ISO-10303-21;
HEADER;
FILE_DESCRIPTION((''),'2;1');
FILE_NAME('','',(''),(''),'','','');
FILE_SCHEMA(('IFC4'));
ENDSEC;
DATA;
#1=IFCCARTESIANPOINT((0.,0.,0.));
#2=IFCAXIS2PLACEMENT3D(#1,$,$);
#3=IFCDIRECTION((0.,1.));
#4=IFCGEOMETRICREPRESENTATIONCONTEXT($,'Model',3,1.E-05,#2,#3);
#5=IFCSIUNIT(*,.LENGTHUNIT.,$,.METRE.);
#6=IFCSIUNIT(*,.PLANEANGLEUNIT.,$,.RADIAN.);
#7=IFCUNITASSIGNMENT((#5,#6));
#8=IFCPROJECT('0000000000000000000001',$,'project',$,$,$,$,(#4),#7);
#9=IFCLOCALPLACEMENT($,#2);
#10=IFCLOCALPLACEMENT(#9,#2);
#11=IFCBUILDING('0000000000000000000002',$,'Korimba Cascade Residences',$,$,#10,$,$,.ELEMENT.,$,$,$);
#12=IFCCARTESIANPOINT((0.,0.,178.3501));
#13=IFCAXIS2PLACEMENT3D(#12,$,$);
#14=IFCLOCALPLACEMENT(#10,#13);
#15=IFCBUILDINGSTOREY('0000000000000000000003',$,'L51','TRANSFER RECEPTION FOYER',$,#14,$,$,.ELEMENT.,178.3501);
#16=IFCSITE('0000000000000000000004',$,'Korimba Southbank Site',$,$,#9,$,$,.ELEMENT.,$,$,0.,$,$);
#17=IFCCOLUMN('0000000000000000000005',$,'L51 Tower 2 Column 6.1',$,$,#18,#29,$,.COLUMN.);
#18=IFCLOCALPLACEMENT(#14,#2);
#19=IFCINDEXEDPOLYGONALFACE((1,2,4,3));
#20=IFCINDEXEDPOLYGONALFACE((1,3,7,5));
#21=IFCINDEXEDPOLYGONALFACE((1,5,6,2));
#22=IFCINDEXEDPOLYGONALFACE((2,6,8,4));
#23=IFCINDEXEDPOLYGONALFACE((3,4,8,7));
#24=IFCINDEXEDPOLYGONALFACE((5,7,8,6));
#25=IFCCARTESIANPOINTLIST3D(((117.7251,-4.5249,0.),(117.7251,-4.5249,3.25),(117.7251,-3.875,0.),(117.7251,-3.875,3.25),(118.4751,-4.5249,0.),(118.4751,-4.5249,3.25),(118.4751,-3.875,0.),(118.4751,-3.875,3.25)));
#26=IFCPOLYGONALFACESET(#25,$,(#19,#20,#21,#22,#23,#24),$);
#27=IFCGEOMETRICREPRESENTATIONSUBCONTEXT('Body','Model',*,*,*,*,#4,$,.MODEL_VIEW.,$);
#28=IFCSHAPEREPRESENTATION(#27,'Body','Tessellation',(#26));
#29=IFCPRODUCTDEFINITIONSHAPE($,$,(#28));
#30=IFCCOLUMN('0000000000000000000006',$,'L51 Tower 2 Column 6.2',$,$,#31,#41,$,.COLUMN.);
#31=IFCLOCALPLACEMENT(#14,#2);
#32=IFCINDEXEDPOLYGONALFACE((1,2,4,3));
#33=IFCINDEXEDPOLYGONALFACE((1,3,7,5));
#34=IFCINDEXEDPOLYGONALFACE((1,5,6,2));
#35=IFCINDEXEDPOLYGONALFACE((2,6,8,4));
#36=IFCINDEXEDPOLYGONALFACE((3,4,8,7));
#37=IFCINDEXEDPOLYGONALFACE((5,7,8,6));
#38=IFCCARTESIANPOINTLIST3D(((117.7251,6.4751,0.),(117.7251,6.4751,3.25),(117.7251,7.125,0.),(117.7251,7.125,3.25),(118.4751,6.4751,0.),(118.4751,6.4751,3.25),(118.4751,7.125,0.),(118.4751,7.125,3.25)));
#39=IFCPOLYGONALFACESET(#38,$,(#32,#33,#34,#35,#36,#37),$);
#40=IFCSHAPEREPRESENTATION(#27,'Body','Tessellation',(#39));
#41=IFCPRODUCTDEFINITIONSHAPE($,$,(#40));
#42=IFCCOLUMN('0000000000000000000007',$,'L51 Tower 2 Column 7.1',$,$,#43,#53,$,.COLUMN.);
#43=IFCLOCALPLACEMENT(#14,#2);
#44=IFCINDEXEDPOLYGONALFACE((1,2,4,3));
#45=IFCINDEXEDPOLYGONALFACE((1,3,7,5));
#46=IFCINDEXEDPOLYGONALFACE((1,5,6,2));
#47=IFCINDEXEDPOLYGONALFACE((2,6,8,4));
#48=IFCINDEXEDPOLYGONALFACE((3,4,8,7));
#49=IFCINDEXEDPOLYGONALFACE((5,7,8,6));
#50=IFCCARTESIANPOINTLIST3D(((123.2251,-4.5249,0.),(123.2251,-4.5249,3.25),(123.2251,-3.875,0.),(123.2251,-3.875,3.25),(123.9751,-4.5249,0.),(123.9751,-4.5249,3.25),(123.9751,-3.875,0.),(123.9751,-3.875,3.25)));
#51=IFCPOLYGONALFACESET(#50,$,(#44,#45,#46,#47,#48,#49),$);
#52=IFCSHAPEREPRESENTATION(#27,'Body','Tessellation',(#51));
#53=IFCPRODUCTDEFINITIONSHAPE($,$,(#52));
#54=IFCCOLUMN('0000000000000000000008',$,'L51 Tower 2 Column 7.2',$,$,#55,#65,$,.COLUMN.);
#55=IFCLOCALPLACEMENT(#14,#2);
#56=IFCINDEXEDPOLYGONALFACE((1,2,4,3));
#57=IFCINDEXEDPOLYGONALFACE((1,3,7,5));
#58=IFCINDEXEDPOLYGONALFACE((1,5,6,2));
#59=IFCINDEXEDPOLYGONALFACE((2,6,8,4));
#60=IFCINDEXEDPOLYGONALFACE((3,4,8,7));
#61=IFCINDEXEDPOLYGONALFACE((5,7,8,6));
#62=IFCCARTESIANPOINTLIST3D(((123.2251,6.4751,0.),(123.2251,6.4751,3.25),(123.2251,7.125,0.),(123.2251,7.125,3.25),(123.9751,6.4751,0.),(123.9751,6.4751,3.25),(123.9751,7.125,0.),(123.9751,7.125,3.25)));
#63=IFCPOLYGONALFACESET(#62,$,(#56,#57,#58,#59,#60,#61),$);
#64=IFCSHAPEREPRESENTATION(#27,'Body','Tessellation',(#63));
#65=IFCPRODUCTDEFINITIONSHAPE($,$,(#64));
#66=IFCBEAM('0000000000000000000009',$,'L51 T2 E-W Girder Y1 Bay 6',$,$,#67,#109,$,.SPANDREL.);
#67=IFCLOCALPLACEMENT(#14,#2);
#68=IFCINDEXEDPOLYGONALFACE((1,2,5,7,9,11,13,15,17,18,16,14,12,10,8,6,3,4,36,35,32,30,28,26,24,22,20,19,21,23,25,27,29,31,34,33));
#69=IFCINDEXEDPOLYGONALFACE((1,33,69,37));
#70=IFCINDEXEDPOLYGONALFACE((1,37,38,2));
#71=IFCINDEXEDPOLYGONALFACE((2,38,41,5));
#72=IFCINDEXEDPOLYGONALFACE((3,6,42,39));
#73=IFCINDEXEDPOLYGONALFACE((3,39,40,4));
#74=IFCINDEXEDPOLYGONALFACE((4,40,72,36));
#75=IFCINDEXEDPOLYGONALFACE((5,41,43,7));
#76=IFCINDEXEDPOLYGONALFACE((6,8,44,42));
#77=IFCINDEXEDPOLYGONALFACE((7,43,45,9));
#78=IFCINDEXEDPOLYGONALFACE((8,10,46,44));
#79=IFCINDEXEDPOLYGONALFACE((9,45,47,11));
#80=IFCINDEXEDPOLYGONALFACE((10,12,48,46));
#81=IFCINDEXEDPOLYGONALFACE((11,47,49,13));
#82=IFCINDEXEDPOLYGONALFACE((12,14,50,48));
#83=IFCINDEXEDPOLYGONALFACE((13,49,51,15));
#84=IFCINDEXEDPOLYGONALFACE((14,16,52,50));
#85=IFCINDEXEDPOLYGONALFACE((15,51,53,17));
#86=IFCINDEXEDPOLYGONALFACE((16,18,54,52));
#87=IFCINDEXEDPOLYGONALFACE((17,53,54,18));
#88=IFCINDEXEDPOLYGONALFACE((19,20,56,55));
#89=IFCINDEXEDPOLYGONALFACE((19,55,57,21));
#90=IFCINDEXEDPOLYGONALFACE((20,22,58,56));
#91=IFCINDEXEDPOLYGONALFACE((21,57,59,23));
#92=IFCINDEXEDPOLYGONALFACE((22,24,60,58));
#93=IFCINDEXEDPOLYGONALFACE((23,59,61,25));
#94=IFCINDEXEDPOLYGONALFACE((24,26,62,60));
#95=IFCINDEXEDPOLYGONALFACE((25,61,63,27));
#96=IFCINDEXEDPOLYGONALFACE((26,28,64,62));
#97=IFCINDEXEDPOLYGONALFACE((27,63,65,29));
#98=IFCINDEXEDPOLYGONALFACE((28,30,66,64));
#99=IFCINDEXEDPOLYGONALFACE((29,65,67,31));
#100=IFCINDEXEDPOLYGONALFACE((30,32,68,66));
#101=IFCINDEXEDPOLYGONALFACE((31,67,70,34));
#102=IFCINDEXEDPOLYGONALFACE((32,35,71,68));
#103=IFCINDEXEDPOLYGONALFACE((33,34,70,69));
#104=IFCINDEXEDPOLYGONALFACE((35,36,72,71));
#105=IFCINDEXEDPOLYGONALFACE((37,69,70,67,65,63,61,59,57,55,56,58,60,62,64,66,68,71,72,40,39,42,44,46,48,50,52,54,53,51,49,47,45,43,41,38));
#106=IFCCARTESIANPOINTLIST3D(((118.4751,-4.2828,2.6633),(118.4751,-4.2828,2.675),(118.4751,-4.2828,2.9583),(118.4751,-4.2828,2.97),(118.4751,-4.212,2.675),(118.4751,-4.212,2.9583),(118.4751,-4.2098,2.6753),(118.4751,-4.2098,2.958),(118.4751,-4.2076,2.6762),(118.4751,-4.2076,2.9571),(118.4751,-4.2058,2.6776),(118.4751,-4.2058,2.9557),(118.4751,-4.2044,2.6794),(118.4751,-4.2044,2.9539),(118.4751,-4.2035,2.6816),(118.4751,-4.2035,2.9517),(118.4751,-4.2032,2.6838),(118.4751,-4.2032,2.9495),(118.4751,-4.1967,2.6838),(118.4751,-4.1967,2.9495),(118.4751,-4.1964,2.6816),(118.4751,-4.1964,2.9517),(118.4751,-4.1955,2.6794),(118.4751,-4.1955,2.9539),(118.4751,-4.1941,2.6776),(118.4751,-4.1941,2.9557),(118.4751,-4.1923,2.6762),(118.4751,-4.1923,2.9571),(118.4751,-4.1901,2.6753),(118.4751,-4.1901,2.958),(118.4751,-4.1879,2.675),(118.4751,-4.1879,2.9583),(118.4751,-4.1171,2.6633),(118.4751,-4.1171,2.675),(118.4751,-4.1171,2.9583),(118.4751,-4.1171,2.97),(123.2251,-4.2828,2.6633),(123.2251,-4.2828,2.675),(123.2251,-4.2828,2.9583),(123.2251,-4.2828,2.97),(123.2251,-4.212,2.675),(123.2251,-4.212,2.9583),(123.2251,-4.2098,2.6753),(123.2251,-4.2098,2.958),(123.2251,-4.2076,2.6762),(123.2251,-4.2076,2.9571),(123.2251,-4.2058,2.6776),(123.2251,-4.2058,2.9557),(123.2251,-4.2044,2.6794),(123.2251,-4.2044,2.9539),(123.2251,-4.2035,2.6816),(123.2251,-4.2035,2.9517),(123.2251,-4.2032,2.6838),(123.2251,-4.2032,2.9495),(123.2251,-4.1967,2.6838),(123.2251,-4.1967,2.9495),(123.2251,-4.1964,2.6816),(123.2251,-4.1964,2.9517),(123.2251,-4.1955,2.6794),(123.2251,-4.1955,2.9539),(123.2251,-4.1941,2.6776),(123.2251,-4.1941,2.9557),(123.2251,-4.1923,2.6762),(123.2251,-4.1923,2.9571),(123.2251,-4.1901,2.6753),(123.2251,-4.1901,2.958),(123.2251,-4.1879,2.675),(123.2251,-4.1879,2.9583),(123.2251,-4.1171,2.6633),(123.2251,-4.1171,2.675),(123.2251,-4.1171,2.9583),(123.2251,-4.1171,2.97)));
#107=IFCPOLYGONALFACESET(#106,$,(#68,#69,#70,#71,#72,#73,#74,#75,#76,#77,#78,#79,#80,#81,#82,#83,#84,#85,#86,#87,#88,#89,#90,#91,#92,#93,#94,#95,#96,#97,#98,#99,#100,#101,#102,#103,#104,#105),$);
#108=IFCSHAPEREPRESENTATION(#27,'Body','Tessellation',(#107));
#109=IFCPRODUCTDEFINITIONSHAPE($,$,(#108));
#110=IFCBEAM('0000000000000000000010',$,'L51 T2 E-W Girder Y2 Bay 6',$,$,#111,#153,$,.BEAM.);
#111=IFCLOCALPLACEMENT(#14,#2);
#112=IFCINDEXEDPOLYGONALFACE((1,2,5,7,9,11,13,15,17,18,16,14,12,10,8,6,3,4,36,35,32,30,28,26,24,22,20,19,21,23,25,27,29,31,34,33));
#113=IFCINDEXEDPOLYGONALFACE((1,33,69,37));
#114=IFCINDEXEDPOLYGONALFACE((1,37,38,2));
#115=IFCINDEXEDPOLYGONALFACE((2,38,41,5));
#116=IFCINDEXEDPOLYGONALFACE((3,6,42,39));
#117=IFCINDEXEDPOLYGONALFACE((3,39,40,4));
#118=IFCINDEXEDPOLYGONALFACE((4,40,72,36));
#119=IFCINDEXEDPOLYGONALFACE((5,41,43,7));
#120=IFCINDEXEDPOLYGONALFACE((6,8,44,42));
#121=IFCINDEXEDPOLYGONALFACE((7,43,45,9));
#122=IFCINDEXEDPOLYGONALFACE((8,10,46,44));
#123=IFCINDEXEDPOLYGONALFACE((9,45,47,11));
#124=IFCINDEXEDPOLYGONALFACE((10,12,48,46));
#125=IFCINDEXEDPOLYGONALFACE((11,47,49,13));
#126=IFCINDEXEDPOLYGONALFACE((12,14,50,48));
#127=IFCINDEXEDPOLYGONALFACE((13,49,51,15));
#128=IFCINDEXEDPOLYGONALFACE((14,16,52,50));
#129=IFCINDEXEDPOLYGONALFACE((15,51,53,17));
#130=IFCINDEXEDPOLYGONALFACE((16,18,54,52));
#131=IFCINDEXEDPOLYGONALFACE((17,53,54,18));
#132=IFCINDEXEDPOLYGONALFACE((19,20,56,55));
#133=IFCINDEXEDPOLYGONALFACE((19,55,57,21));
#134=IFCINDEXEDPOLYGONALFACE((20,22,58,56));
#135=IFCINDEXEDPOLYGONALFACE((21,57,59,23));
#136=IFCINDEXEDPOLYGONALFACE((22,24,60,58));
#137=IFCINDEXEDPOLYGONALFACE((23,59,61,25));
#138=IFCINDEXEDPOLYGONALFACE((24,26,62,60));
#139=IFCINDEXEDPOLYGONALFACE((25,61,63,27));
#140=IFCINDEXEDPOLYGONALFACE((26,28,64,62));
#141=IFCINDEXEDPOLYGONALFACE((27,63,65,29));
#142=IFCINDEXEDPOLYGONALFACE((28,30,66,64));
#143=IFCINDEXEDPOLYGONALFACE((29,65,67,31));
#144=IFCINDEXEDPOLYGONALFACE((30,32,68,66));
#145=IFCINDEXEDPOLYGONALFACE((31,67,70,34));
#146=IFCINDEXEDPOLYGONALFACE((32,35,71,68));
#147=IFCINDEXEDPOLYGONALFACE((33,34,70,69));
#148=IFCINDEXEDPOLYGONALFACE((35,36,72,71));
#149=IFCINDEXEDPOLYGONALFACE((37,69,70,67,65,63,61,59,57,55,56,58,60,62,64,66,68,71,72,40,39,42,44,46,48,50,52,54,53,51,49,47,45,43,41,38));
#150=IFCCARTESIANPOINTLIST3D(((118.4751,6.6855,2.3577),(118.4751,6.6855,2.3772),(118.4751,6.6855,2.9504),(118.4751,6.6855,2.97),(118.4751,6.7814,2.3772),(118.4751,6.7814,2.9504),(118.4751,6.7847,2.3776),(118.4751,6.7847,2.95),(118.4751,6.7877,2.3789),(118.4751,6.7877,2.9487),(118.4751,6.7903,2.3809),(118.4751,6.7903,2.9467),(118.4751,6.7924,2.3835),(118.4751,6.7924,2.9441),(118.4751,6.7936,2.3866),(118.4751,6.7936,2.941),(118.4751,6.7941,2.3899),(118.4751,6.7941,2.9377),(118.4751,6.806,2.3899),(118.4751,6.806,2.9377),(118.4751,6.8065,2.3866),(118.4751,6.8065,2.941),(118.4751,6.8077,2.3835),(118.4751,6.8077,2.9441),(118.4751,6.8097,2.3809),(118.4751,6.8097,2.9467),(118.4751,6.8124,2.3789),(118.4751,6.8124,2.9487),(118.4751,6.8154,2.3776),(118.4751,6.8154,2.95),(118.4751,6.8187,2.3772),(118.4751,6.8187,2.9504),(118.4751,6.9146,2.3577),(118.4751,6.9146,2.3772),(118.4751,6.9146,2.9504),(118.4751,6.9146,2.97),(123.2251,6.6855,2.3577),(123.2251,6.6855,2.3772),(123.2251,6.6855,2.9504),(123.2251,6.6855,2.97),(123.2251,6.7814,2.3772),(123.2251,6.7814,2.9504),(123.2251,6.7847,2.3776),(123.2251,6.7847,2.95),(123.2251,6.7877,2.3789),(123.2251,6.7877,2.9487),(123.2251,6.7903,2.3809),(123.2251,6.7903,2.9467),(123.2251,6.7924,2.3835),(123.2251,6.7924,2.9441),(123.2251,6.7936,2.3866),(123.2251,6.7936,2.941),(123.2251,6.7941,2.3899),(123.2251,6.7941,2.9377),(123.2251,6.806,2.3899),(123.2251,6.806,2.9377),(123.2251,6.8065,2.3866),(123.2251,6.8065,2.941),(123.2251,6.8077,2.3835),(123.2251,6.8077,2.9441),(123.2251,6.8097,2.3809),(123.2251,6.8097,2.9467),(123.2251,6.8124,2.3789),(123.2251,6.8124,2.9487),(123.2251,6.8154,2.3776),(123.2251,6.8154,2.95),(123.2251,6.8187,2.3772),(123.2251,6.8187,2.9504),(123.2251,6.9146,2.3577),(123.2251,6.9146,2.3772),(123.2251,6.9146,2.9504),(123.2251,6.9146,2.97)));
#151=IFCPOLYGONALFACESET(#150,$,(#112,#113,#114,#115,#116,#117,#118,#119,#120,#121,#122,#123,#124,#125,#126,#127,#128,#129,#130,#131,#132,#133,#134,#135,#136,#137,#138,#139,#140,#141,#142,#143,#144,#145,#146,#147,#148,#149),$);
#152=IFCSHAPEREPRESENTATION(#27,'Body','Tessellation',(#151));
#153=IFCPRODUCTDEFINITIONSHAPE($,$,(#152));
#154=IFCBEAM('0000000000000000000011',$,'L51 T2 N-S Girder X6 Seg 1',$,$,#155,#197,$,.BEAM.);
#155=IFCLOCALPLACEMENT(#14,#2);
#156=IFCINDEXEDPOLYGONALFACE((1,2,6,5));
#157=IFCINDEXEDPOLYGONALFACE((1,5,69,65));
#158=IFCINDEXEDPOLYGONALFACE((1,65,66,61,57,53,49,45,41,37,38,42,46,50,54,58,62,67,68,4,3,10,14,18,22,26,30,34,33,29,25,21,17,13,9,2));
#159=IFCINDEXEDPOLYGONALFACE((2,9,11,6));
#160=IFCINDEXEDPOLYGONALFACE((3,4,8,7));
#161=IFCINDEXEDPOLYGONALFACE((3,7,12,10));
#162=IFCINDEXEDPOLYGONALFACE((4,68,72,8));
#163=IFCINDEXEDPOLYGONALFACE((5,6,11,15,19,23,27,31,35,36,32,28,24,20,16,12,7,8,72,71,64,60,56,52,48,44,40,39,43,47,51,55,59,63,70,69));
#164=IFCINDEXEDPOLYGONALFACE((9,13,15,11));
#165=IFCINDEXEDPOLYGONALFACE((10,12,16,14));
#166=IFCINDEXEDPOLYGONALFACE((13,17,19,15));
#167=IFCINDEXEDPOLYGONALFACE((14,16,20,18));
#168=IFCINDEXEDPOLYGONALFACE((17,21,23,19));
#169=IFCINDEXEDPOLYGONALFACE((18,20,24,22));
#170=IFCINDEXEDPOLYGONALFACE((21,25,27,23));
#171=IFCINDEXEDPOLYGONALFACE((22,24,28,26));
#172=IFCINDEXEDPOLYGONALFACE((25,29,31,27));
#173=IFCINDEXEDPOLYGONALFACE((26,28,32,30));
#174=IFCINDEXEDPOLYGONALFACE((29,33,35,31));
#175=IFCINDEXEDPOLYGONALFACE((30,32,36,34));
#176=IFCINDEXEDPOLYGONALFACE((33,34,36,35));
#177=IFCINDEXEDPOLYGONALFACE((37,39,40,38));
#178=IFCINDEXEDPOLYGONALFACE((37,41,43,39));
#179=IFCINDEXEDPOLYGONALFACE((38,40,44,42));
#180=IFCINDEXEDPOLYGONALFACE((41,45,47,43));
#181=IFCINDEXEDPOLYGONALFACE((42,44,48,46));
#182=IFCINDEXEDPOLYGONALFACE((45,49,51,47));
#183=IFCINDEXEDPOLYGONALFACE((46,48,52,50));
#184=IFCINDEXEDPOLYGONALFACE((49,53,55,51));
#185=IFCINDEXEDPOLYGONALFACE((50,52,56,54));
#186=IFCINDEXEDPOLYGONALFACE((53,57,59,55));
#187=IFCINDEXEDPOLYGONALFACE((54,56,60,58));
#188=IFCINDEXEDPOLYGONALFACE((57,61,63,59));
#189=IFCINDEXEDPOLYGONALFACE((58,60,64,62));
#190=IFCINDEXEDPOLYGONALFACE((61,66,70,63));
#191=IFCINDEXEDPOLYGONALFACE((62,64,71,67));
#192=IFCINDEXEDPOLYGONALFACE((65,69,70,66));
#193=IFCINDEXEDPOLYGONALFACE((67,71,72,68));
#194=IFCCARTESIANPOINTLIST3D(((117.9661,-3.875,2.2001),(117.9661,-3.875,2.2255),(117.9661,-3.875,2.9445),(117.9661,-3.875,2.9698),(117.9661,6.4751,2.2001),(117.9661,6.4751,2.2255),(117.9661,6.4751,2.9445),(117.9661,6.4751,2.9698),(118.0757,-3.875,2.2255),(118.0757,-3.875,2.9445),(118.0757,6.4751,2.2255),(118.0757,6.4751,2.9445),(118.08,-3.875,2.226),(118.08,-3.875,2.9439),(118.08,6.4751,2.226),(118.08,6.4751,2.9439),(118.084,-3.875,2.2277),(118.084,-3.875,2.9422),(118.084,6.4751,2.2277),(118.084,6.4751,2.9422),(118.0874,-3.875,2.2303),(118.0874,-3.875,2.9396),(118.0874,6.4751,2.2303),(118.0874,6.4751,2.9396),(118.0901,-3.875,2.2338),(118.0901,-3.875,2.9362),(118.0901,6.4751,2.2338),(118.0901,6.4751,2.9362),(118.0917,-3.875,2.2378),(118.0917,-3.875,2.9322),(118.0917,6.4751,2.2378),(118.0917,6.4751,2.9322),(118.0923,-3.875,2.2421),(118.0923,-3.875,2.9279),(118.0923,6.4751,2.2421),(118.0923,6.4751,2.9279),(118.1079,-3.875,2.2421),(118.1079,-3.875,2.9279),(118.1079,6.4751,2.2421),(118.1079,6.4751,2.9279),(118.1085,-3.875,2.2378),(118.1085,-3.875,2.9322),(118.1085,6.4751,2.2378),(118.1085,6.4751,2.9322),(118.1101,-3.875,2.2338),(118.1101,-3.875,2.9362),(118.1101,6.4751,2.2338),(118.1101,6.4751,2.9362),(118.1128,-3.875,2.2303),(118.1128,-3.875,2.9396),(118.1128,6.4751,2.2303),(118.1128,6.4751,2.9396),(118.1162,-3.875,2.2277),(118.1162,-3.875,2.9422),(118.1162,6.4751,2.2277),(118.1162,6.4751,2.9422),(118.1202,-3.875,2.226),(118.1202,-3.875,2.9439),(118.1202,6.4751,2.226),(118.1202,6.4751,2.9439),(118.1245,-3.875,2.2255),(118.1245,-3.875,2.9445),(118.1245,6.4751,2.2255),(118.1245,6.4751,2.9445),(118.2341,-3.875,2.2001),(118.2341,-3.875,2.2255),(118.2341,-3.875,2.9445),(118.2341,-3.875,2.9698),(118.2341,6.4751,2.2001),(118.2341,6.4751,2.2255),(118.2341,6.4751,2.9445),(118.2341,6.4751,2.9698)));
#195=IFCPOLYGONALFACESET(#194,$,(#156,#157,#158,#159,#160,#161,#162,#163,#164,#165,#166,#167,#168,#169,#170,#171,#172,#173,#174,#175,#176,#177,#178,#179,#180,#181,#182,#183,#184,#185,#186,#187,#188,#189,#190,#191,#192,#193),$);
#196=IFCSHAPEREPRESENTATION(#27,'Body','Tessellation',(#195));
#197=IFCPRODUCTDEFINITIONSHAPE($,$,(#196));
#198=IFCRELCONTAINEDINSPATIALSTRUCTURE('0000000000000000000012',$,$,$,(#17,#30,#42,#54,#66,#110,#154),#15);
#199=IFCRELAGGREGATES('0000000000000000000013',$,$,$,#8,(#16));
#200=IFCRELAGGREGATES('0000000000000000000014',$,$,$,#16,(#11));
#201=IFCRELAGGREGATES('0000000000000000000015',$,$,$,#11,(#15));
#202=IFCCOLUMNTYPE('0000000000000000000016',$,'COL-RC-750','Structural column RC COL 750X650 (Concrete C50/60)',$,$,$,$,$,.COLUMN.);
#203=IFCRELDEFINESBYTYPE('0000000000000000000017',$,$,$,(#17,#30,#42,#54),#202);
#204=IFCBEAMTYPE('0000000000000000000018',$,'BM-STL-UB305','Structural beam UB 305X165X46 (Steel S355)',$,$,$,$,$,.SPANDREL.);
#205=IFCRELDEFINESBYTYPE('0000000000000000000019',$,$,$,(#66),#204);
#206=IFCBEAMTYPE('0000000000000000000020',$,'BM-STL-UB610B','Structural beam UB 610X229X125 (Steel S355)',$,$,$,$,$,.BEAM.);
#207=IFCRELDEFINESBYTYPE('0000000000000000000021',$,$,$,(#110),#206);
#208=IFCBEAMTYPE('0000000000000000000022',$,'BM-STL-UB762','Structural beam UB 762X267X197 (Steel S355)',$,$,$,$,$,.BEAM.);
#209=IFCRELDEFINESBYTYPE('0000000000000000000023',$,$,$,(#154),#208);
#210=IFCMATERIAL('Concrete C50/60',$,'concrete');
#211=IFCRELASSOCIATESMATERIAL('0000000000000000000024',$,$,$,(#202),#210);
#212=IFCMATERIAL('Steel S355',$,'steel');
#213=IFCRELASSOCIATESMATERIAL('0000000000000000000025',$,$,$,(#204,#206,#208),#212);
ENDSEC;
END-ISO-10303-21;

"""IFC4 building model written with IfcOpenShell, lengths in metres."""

from ifc_helpers import new_model, si_unit, direction, frame, origin, origin_2d, place, context, subcontext, project, spatial, rectangle, i_section, extrude, material, material_profile, profile_set, type_object, element, save


model = new_model("IFC4")

# Units and contexts
model_context = context("Model", 3, precision=1e-05, world=origin(), true_north=direction((0.0, 1.0)))
body_context = subcontext(model_context, "Body", "Model", "MODEL_VIEW")
ifc_project = project(units=[si_unit("LENGTHUNIT", "METRE"), si_unit("PLANEANGLEUNIT", "RADIAN")], contexts=[model_context])

# Site, building, storey
site_placement = place(None, origin())
site = spatial("IfcSite", under=ifc_project, at=site_placement, Name="Korimba Southbank Site", CompositionType="ELEMENT", RefElevation=0.0)
building_placement = place(site_placement, origin())
building = spatial("IfcBuilding", under=site, at=building_placement, Name="Korimba Cascade Residences", CompositionType="ELEMENT")
storey_placement = place(building_placement, frame((0.0, 0.0, 178.3501)))
storey = spatial("IfcBuildingStorey", under=building, at=storey_placement, Name="L51", Description="TRANSFER RECEPTION FOYER", CompositionType="ELEMENT", Elevation=178.3501)

# Columns
ifc_material_1 = material(Name="Concrete C50/60", Category="concrete")
ifc_material_profile_1 = material_profile(ifc_material_1, rectangle(XDim=0.75, YDim=0.6499, at=origin_2d()), Name="Concrete C50/60")
ifc_profile_set_1 = profile_set([ifc_material_profile_1], Name="Concrete C50/60")
column_type = type_object("IfcColumnType", Name="COL-RC-750", Description="Structural column RC COL 750X650 (Concrete C50/60)", PredefinedType="COLUMN", material=ifc_profile_set_1)
for number, where, z_axis, x_axis, name in (
    (1, (118.1001, -4.2, 0.0), (0.0, 0.0, 1.0), (1.0, 0.0, 0.0), "L51 Tower 2 Column 6.1"),
    (2, (118.1001, 6.8, 0.0), (0.0, 0.0, 1.0), (1.0, 0.0, 0.0), "L51 Tower 2 Column 6.2"),
    (3, (123.6001, -4.2, 0.0), (0.0, 0.0, 1.0), (1.0, 0.0, 0.0), "L51 Tower 2 Column 7.1"),
    (4, (123.6001, 6.8, 0.0), (0.0, 0.0, 1.0), (1.0, 0.0, 0.0), "L51 Tower 2 Column 7.2"),
):
    element("IfcColumn", number, at=place(storey_placement, frame(where, z_axis=z_axis, x_axis=x_axis)), inside=storey, type_object=column_type, Name=name, PredefinedType="COLUMN", context=body_context, shape_type="SweptSolid", body=[
        extrude(rectangle(XDim=0.75, YDim=0.6499, at=origin_2d()), origin(), (0.0, 0.0, 1.0), 3.25),
    ])

# Beams
ifc_material_2 = material(Name="Steel S355", Category="steel")
ifc_material_profile_2 = material_profile(ifc_material_2, i_section(OverallWidth=0.1658, OverallDepth=0.3066, WebThickness=0.0066, FlangeThickness=0.0117, FilletRadius=0.0088, at=origin_2d()), Name="Steel S355")
ifc_profile_set_2 = profile_set([ifc_material_profile_2], Name="Steel S355")
beam_type_1 = type_object("IfcBeamType", Name="BM-STL-UB305", Description="Structural beam UB 305X165X46 (Steel S355)", PredefinedType="SPANDREL", material=ifc_profile_set_2)
beam_1_placement = place(storey_placement, frame((118.4751, -4.2, 2.8167), z_axis=(1.0, 0.0, 0.0), x_axis=(0.0, 1.0, 0.0)))
element("IfcBeam", 5, at=beam_1_placement, inside=storey, type_object=beam_type_1, Name="L51 T2 E-W Girder Y1 Bay 6", PredefinedType="SPANDREL", context=body_context, shape_type="SweptSolid", body=[
    extrude(i_section(OverallWidth=0.1658, OverallDepth=0.3066, WebThickness=0.0066, FlangeThickness=0.0117, FilletRadius=0.0088, at=origin_2d()), origin(), (0.0, 0.0, 1.0), 4.75),
])
ifc_material_profile_3 = material_profile(ifc_material_2, i_section(OverallWidth=0.229, OverallDepth=0.6123, WebThickness=0.012, FlangeThickness=0.0195, FilletRadius=0.0127, at=origin_2d()), Name="Steel S355")
ifc_profile_set_3 = profile_set([ifc_material_profile_3], Name="Steel S355")
beam_type_2 = type_object("IfcBeamType", Name="BM-STL-UB610B", Description="Structural beam UB 610X229X125 (Steel S355)", PredefinedType="BEAM", material=ifc_profile_set_3)
beam_2_placement = place(storey_placement, frame((118.4751, 6.8, 2.6638), z_axis=(1.0, 0.0, 0.0), x_axis=(0.0, 1.0, 0.0)))
element("IfcBeam", 6, at=beam_2_placement, inside=storey, type_object=beam_type_2, Name="L51 T2 E-W Girder Y2 Bay 6", PredefinedType="BEAM", context=body_context, shape_type="SweptSolid", body=[
    extrude(i_section(OverallWidth=0.229, OverallDepth=0.6123, WebThickness=0.012, FlangeThickness=0.0195, FilletRadius=0.0127, at=origin_2d()), origin(), (0.0, 0.0, 1.0), 4.75),
])
ifc_material_profile_4 = material_profile(ifc_material_2, i_section(OverallWidth=0.2681, OverallDepth=0.7698, WebThickness=0.0156, FlangeThickness=0.0254, FilletRadius=0.0166, at=origin_2d()), Name="Steel S355")
ifc_profile_set_4 = profile_set([ifc_material_profile_4], Name="Steel S355")
beam_type_3 = type_object("IfcBeamType", Name="BM-STL-UB762", Description="Structural beam UB 762X267X197 (Steel S355)", PredefinedType="BEAM", material=ifc_profile_set_4)
beam_3_placement = place(storey_placement, frame((118.1001, -3.875, 2.585), z_axis=(0.0, 1.0, 0.0), x_axis=(-1.0, 0.0, 0.0)))
element("IfcBeam", 7, at=beam_3_placement, inside=storey, type_object=beam_type_3, Name="L51 T2 N-S Girder X6 Seg 1", PredefinedType="BEAM", context=body_context, shape_type="SweptSolid", body=[
    extrude(i_section(OverallWidth=0.2681, OverallDepth=0.7698, WebThickness=0.0156, FlangeThickness=0.0254, FilletRadius=0.0166, at=origin_2d()), origin(), (0.0, 0.0, 1.0), 10.3501),
])

save(model, "model.ifc")
